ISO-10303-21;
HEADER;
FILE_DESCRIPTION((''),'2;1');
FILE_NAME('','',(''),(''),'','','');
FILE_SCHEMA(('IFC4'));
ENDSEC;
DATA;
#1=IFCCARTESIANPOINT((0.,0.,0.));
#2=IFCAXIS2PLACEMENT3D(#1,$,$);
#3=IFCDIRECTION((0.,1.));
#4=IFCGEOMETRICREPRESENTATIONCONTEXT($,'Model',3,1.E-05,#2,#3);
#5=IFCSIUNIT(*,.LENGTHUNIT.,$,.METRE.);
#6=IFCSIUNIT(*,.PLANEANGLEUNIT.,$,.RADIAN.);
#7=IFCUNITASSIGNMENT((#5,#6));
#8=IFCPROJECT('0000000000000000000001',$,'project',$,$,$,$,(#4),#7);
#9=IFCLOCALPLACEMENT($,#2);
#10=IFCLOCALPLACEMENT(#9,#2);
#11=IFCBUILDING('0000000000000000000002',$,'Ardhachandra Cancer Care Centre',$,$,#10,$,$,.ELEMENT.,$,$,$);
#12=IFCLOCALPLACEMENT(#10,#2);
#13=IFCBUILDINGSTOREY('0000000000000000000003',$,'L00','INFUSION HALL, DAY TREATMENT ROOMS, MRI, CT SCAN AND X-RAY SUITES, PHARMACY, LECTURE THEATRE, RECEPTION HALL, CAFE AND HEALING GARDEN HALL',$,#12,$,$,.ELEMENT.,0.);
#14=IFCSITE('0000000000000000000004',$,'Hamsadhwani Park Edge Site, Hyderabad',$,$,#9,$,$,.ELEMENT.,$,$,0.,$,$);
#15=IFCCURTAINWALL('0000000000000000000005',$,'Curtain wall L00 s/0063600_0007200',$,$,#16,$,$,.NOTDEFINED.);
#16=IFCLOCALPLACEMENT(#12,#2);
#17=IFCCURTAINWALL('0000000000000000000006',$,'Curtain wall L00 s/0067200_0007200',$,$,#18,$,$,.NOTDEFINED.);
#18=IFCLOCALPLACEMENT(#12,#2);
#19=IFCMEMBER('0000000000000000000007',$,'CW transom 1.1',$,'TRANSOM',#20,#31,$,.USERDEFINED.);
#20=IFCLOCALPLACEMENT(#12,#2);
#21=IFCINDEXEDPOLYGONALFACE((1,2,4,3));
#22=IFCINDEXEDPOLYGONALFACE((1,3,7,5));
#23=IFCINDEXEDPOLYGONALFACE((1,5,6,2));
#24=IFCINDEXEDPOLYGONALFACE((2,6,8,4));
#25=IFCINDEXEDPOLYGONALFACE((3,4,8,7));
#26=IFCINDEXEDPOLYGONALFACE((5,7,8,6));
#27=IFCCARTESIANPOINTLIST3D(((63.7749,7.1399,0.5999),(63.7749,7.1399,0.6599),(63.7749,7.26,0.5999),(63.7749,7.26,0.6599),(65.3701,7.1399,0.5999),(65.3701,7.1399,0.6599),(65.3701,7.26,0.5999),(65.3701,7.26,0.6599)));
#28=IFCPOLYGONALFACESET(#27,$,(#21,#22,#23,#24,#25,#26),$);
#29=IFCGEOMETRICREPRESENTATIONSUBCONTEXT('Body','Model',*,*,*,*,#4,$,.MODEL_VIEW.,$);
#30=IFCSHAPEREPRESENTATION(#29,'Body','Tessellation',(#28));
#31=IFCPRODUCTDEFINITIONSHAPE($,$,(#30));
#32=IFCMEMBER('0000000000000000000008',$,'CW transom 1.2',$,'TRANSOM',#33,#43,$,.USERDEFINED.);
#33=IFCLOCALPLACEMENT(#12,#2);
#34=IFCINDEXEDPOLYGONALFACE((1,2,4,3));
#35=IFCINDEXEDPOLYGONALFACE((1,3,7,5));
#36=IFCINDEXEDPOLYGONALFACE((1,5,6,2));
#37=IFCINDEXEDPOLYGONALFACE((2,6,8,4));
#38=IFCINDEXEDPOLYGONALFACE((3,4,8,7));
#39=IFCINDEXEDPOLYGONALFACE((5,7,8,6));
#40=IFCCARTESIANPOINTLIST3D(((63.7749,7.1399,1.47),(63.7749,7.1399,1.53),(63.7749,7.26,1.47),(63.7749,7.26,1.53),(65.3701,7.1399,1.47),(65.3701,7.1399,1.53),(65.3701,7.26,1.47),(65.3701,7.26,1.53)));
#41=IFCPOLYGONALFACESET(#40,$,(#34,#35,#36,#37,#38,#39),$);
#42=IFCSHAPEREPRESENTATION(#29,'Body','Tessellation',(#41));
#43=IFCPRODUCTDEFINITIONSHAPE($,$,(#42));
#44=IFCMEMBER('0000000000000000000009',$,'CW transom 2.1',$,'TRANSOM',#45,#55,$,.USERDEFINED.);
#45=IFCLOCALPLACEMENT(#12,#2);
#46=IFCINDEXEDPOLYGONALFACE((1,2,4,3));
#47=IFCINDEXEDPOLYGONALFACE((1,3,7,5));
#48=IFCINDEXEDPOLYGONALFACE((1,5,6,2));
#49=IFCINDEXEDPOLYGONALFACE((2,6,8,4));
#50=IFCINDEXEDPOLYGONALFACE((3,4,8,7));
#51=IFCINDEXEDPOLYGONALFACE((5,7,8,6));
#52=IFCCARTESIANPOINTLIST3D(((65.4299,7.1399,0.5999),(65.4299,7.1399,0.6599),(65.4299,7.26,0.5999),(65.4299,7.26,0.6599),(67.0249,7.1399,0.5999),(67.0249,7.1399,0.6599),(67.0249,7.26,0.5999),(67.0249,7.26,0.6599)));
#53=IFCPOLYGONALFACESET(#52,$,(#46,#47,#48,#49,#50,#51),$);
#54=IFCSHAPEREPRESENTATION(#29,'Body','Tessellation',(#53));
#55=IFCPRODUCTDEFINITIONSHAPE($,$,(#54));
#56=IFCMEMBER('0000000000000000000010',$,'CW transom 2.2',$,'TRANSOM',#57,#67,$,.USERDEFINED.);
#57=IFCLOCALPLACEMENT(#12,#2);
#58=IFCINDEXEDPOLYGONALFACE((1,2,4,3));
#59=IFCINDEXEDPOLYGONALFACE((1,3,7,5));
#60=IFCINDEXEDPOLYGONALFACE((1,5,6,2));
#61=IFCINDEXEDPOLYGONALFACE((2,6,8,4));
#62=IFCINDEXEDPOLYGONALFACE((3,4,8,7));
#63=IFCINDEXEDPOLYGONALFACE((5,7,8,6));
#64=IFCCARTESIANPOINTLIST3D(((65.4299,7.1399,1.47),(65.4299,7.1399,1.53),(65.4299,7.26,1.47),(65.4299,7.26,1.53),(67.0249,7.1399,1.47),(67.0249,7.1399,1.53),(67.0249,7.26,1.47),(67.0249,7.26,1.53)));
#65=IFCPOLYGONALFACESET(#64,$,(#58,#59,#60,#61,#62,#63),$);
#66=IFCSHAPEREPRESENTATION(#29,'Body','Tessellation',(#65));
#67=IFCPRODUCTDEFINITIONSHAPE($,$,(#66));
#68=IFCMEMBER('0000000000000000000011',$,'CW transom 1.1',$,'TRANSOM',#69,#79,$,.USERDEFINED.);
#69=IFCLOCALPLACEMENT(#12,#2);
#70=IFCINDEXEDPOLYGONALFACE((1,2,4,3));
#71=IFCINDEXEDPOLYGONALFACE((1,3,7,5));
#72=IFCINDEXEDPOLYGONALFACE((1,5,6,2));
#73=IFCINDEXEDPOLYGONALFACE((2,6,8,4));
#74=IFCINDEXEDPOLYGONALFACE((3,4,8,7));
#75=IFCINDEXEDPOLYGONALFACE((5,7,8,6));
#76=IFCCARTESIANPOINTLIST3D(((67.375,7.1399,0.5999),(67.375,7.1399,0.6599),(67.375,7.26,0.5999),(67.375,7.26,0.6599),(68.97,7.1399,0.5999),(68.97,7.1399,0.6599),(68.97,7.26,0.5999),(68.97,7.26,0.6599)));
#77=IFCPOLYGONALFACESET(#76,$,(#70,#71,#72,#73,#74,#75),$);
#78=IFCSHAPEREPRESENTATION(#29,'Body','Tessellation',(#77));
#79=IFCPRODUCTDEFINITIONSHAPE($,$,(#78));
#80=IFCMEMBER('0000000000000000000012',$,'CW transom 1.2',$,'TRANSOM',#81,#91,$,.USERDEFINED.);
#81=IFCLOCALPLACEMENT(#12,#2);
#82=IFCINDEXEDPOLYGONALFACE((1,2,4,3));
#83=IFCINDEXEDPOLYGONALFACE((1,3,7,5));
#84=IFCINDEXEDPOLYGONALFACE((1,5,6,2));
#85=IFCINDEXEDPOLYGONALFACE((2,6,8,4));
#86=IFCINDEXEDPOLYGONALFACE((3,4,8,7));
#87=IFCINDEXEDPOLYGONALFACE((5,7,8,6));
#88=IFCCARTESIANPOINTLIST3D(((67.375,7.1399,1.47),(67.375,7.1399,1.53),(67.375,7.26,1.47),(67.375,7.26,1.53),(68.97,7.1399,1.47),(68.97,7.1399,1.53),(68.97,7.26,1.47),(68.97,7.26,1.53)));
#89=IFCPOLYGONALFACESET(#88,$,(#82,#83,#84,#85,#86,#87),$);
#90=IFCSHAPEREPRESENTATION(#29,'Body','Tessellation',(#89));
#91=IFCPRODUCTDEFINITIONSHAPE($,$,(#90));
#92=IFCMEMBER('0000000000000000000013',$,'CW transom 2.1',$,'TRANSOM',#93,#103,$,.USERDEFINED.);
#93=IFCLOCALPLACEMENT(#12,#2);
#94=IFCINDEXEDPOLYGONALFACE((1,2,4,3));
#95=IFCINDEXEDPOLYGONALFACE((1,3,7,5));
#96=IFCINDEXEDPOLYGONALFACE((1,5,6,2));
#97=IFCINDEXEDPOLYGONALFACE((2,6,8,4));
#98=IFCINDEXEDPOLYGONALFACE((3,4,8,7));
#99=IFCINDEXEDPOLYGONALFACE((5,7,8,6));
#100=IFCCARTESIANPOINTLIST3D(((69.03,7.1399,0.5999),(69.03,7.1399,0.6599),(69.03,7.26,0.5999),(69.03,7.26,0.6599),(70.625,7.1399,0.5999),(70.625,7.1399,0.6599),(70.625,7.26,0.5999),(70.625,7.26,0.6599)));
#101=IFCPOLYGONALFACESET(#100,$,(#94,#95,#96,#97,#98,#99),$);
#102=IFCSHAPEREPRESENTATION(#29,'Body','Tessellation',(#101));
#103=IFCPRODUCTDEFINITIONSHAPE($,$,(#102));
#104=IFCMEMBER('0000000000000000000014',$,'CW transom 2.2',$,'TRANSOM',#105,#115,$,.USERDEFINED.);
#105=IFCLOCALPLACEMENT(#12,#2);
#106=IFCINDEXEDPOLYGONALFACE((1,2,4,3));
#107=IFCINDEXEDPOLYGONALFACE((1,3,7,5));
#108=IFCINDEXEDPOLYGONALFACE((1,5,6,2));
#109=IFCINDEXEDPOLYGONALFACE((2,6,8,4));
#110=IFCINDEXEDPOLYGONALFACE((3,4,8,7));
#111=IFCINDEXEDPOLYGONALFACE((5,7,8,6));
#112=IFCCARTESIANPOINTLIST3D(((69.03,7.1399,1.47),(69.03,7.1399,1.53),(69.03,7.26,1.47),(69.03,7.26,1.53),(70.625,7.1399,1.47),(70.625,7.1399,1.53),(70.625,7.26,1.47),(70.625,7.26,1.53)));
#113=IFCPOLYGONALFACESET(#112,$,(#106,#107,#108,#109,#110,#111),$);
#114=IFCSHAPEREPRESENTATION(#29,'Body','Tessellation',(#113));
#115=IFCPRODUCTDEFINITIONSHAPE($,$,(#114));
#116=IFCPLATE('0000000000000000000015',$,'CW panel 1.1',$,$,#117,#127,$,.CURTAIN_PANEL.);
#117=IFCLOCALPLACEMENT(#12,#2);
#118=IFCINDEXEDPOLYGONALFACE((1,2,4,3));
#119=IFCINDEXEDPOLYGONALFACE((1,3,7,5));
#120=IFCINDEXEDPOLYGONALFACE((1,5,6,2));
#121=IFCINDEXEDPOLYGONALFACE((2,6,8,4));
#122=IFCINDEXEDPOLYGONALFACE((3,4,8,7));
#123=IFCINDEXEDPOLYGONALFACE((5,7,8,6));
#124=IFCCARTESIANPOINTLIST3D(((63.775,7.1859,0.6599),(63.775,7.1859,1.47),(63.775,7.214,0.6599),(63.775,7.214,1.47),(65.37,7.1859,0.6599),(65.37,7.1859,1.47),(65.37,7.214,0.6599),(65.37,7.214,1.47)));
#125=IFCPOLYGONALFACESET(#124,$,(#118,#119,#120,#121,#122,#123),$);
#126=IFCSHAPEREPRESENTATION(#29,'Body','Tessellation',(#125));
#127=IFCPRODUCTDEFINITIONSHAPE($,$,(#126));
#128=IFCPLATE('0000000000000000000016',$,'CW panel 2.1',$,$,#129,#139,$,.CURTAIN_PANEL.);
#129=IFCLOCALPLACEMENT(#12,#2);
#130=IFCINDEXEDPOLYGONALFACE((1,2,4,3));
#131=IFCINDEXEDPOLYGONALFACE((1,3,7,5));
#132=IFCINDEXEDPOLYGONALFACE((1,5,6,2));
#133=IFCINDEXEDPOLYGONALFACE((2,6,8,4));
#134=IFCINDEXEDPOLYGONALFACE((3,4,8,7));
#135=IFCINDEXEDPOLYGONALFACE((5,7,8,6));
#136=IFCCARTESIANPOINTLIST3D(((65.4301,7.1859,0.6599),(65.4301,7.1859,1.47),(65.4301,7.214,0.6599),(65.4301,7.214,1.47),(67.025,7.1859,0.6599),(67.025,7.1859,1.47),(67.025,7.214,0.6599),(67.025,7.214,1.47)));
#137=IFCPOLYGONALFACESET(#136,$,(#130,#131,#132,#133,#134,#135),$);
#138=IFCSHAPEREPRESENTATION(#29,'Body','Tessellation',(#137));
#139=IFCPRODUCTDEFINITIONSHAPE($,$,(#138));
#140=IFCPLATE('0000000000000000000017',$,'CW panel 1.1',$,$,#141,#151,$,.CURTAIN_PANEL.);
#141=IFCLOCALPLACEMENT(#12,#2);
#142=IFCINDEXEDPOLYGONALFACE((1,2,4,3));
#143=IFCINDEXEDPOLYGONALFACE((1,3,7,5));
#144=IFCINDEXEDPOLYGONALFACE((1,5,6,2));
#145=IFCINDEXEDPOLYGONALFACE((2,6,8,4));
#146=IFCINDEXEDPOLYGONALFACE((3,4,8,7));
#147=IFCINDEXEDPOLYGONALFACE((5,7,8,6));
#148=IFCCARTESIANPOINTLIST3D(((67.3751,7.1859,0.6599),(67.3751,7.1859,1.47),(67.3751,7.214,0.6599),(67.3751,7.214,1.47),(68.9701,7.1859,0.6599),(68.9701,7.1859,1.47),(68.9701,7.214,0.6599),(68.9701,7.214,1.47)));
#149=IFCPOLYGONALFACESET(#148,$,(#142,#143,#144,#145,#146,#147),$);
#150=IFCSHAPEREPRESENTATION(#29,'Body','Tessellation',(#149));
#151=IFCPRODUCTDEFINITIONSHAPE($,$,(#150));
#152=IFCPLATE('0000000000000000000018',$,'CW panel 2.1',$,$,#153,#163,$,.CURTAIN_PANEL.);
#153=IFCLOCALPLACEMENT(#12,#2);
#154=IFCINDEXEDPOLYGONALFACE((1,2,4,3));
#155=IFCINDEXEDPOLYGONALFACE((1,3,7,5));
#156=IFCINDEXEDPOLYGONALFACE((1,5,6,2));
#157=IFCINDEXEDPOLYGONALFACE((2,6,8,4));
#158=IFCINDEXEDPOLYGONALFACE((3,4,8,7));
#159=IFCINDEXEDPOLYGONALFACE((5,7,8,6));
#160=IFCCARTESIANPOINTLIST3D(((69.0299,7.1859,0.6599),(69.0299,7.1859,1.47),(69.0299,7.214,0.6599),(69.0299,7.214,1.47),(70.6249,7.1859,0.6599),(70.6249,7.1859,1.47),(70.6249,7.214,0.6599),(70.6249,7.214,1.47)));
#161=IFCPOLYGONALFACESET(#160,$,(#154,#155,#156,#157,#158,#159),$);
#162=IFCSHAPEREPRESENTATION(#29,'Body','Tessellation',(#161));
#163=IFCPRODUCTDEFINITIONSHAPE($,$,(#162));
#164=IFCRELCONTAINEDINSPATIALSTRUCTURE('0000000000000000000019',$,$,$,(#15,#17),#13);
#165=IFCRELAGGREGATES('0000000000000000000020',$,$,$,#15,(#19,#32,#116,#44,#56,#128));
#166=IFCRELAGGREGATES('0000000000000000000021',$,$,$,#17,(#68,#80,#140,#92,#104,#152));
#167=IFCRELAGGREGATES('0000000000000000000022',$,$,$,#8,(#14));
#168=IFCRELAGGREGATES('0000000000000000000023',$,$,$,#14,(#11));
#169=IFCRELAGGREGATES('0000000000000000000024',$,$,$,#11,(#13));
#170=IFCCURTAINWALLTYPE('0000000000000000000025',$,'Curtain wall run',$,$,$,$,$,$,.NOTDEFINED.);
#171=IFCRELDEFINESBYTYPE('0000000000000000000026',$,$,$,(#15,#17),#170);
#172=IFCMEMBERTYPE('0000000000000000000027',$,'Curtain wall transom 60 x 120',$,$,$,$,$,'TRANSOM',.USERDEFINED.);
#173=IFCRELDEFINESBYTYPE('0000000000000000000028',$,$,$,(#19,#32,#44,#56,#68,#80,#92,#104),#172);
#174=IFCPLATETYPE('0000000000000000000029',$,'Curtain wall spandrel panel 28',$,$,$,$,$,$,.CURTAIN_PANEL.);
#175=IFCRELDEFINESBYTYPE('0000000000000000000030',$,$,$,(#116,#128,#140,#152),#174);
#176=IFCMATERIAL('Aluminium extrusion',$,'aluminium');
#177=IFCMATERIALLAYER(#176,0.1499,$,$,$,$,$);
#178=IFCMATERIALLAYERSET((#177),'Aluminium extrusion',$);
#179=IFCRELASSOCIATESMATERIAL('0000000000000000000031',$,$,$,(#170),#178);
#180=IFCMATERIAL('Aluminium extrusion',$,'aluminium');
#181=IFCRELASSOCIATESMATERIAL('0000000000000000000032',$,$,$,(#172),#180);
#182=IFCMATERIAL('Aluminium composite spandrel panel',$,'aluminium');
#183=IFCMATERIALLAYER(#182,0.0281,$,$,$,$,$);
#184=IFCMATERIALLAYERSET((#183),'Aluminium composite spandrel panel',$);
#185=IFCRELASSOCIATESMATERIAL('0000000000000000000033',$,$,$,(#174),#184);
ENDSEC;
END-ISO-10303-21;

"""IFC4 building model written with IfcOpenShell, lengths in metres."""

from ifc_helpers import new_model, si_unit, direction, frame, origin, origin_2d, place, context, subcontext, project, spatial, rectangle, extrude, material, layer, layer_set, material_profile, profile_set, type_object, element, aggregate, save


model = new_model("IFC4")

# Units and contexts
model_context = context("Model", 3, precision=1e-05, world=origin(), true_north=direction((0.0, 1.0)))
body_context = subcontext(model_context, "Body", "Model", "MODEL_VIEW")
ifc_project = project(units=[si_unit("LENGTHUNIT", "METRE"), si_unit("PLANEANGLEUNIT", "RADIAN")], contexts=[model_context])

# Site, building, storey
site_placement = place(None, origin())
site = spatial("IfcSite", under=ifc_project, at=site_placement, Name="Hamsadhwani Park Edge Site, Hyderabad", CompositionType="ELEMENT", RefElevation=0.0)
building_placement = place(site_placement, origin())
building = spatial("IfcBuilding", under=site, at=building_placement, Name="Ardhachandra Cancer Care Centre", CompositionType="ELEMENT")
storey_placement = place(building_placement, origin())
storey = spatial("IfcBuildingStorey", under=building, at=storey_placement, Name="L00", Description="INFUSION HALL, DAY TREATMENT ROOMS, MRI, CT SCAN AND X-RAY SUITES, PHARMACY, LECTURE THEATRE, RECEPTION HALL, CAFE AND HEALING GARDEN HALL", CompositionType="ELEMENT", Elevation=0.0)

# Curtain walls
ifc_material_1 = material(Name="Aluminium extrusion", Category="aluminium")
ifc_layer_1 = layer(ifc_material_1, 0.1499)
ifc_layer_set_1 = layer_set([ifc_layer_1], Name="Aluminium extrusion")
curtain_wall_type = type_object("IfcCurtainWallType", Name="Curtain wall run", PredefinedType="NOTDEFINED", material=ifc_layer_set_1)
curtain_wall_1_placement = place(storey_placement, origin())
curtain_wall_1 = element("IfcCurtainWall", 1, at=curtain_wall_1_placement, inside=storey, type_object=curtain_wall_type, Name="Curtain wall L00 s/0063600_0007200", PredefinedType="NOTDEFINED")
curtain_wall_2_placement = place(storey_placement, origin())
curtain_wall_2 = element("IfcCurtainWall", 2, at=curtain_wall_2_placement, inside=storey, type_object=curtain_wall_type, Name="Curtain wall L00 s/0067200_0007200", PredefinedType="NOTDEFINED")

# Members
ifc_material_2 = material(Name="Aluminium extrusion", Category="aluminium")
ifc_material_profile_1 = material_profile(ifc_material_2, rectangle(XDim=0.1201, YDim=0.0601, at=origin_2d()), Name="Curtain wall transom 60 x 120")
ifc_profile_set_1 = profile_set([ifc_material_profile_1], Name="Aluminium extrusion")
member_type_1 = type_object("IfcMemberType", Name="Curtain wall transom 60 x 120", ElementType="TRANSOM", PredefinedType="USERDEFINED", material=ifc_profile_set_1)
member_1_placement = place(storey_placement, frame((63.7749, 7.2, 0.6299), z_axis=(1.0, 0.0, 0.0), x_axis=(0.0, 1.0, 0.0)))
member_1 = element("IfcMember", 3, at=member_1_placement, type_object=member_type_1, Name="CW transom 1.1", ObjectType="TRANSOM", PredefinedType="USERDEFINED", context=body_context, shape_type="SweptSolid", body=[
    extrude(rectangle(XDim=0.1201, YDim=0.0601, at=origin_2d()), origin(), (0.0, 0.0, 1.0), 1.5952),
])
member_2_placement = place(storey_placement, frame((63.7749, 7.2, 1.5), z_axis=(1.0, 0.0, 0.0), x_axis=(0.0, 1.0, 0.0)))
member_2 = element("IfcMember", 4, at=member_2_placement, type_object=member_type_1, Name="CW transom 1.2", ObjectType="TRANSOM", PredefinedType="USERDEFINED", context=body_context, shape_type="SweptSolid", body=[
    extrude(rectangle(XDim=0.1201, YDim=0.0601, at=origin_2d()), origin(), (0.0, 0.0, 1.0), 1.5952),
])
member_3_placement = place(storey_placement, frame((65.4299, 7.2, 0.6299), z_axis=(1.0, 0.0, 0.0), x_axis=(0.0, 1.0, 0.0)))
member_3 = element("IfcMember", 5, at=member_3_placement, type_object=member_type_1, Name="CW transom 2.1", ObjectType="TRANSOM", PredefinedType="USERDEFINED", context=body_context, shape_type="SweptSolid", body=[
    extrude(rectangle(XDim=0.1201, YDim=0.0601, at=origin_2d()), origin(), (0.0, 0.0, 1.0), 1.595),
])
member_4_placement = place(storey_placement, frame((65.4299, 7.2, 1.5), z_axis=(1.0, 0.0, 0.0), x_axis=(0.0, 1.0, 0.0)))
member_4 = element("IfcMember", 6, at=member_4_placement, type_object=member_type_1, Name="CW transom 2.2", ObjectType="TRANSOM", PredefinedType="USERDEFINED", context=body_context, shape_type="SweptSolid", body=[
    extrude(rectangle(XDim=0.1201, YDim=0.0601, at=origin_2d()), origin(), (0.0, 0.0, 1.0), 1.595),
])
member_5_placement = place(storey_placement, frame((67.375, 7.2, 0.6299), z_axis=(1.0, 0.0, 0.0), x_axis=(0.0, 1.0, 0.0)))
member_5 = element("IfcMember", 7, at=member_5_placement, type_object=member_type_1, Name="CW transom 1.1", ObjectType="TRANSOM", PredefinedType="USERDEFINED", context=body_context, shape_type="SweptSolid", body=[
    extrude(rectangle(XDim=0.1201, YDim=0.0601, at=origin_2d()), origin(), (0.0, 0.0, 1.0), 1.595),
])
member_6_placement = place(storey_placement, frame((67.375, 7.2, 1.5), z_axis=(1.0, 0.0, 0.0), x_axis=(0.0, 1.0, 0.0)))
member_6 = element("IfcMember", 8, at=member_6_placement, type_object=member_type_1, Name="CW transom 1.2", ObjectType="TRANSOM", PredefinedType="USERDEFINED", context=body_context, shape_type="SweptSolid", body=[
    extrude(rectangle(XDim=0.1201, YDim=0.0601, at=origin_2d()), origin(), (0.0, 0.0, 1.0), 1.595),
])
member_7_placement = place(storey_placement, frame((69.03, 7.2, 0.6299), z_axis=(1.0, 0.0, 0.0), x_axis=(0.0, 1.0, 0.0)))
member_7 = element("IfcMember", 9, at=member_7_placement, type_object=member_type_1, Name="CW transom 2.1", ObjectType="TRANSOM", PredefinedType="USERDEFINED", context=body_context, shape_type="SweptSolid", body=[
    extrude(rectangle(XDim=0.1201, YDim=0.0601, at=origin_2d()), origin(), (0.0, 0.0, 1.0), 1.595),
])
member_8_placement = place(storey_placement, frame((69.03, 7.2, 1.5), z_axis=(1.0, 0.0, 0.0), x_axis=(0.0, 1.0, 0.0)))
member_8 = element("IfcMember", 10, at=member_8_placement, type_object=member_type_1, Name="CW transom 2.2", ObjectType="TRANSOM", PredefinedType="USERDEFINED", context=body_context, shape_type="SweptSolid", body=[
    extrude(rectangle(XDim=0.1201, YDim=0.0601, at=origin_2d()), origin(), (0.0, 0.0, 1.0), 1.595),
])

# Plates
ifc_material_3 = material(Name="Aluminium composite spandrel panel", Category="aluminium")
ifc_layer_2 = layer(ifc_material_3, 0.0281)
ifc_layer_set_2 = layer_set([ifc_layer_2], Name="Aluminium composite spandrel panel")
plate_type = type_object("IfcPlateType", Name="Curtain wall spandrel panel 28", PredefinedType="CURTAIN_PANEL", material=ifc_layer_set_2)
plate_1_placement = place(storey_placement, frame((64.5725, 7.2, 0.6599), z_axis=(0.0, 0.0, 1.0), x_axis=(1.0, 0.0, 0.0)))
plate_1 = element("IfcPlate", 11, at=plate_1_placement, type_object=plate_type, Name="CW panel 1.1", PredefinedType="CURTAIN_PANEL", context=body_context, shape_type="SweptSolid", body=[
    extrude(rectangle(XDim=1.595, YDim=0.0281, at=origin_2d()), origin(), (0.0, 0.0, 1.0), 0.8101),
])
plate_2_placement = place(storey_placement, frame((66.2275, 7.2, 0.6599), z_axis=(0.0, 0.0, 1.0), x_axis=(1.0, 0.0, 0.0)))
plate_2 = element("IfcPlate", 12, at=plate_2_placement, type_object=plate_type, Name="CW panel 2.1", PredefinedType="CURTAIN_PANEL", context=body_context, shape_type="SweptSolid", body=[
    extrude(rectangle(XDim=1.595, YDim=0.0281, at=origin_2d()), origin(), (0.0, 0.0, 1.0), 0.8101),
])
aggregate(curtain_wall_1, [member_1, member_2, plate_1, member_3, member_4, plate_2])
plate_3_placement = place(storey_placement, frame((68.1726, 7.2, 0.6599), z_axis=(0.0, 0.0, 1.0), x_axis=(1.0, 0.0, 0.0)))
plate_3 = element("IfcPlate", 13, at=plate_3_placement, type_object=plate_type, Name="CW panel 1.1", PredefinedType="CURTAIN_PANEL", context=body_context, shape_type="SweptSolid", body=[
    extrude(rectangle(XDim=1.595, YDim=0.0281, at=origin_2d()), origin(), (0.0, 0.0, 1.0), 0.8101),
])
plate_4_placement = place(storey_placement, frame((69.8274, 7.2, 0.6599), z_axis=(0.0, 0.0, 1.0), x_axis=(1.0, 0.0, 0.0)))
plate_4 = element("IfcPlate", 14, at=plate_4_placement, type_object=plate_type, Name="CW panel 2.1", PredefinedType="CURTAIN_PANEL", context=body_context, shape_type="SweptSolid", body=[
    extrude(rectangle(XDim=1.595, YDim=0.0281, at=origin_2d()), origin(), (0.0, 0.0, 1.0), 0.8101),
])
aggregate(curtain_wall_2, [member_5, member_6, plate_3, member_7, member_8, plate_4])

save(model, "model.ifc")
